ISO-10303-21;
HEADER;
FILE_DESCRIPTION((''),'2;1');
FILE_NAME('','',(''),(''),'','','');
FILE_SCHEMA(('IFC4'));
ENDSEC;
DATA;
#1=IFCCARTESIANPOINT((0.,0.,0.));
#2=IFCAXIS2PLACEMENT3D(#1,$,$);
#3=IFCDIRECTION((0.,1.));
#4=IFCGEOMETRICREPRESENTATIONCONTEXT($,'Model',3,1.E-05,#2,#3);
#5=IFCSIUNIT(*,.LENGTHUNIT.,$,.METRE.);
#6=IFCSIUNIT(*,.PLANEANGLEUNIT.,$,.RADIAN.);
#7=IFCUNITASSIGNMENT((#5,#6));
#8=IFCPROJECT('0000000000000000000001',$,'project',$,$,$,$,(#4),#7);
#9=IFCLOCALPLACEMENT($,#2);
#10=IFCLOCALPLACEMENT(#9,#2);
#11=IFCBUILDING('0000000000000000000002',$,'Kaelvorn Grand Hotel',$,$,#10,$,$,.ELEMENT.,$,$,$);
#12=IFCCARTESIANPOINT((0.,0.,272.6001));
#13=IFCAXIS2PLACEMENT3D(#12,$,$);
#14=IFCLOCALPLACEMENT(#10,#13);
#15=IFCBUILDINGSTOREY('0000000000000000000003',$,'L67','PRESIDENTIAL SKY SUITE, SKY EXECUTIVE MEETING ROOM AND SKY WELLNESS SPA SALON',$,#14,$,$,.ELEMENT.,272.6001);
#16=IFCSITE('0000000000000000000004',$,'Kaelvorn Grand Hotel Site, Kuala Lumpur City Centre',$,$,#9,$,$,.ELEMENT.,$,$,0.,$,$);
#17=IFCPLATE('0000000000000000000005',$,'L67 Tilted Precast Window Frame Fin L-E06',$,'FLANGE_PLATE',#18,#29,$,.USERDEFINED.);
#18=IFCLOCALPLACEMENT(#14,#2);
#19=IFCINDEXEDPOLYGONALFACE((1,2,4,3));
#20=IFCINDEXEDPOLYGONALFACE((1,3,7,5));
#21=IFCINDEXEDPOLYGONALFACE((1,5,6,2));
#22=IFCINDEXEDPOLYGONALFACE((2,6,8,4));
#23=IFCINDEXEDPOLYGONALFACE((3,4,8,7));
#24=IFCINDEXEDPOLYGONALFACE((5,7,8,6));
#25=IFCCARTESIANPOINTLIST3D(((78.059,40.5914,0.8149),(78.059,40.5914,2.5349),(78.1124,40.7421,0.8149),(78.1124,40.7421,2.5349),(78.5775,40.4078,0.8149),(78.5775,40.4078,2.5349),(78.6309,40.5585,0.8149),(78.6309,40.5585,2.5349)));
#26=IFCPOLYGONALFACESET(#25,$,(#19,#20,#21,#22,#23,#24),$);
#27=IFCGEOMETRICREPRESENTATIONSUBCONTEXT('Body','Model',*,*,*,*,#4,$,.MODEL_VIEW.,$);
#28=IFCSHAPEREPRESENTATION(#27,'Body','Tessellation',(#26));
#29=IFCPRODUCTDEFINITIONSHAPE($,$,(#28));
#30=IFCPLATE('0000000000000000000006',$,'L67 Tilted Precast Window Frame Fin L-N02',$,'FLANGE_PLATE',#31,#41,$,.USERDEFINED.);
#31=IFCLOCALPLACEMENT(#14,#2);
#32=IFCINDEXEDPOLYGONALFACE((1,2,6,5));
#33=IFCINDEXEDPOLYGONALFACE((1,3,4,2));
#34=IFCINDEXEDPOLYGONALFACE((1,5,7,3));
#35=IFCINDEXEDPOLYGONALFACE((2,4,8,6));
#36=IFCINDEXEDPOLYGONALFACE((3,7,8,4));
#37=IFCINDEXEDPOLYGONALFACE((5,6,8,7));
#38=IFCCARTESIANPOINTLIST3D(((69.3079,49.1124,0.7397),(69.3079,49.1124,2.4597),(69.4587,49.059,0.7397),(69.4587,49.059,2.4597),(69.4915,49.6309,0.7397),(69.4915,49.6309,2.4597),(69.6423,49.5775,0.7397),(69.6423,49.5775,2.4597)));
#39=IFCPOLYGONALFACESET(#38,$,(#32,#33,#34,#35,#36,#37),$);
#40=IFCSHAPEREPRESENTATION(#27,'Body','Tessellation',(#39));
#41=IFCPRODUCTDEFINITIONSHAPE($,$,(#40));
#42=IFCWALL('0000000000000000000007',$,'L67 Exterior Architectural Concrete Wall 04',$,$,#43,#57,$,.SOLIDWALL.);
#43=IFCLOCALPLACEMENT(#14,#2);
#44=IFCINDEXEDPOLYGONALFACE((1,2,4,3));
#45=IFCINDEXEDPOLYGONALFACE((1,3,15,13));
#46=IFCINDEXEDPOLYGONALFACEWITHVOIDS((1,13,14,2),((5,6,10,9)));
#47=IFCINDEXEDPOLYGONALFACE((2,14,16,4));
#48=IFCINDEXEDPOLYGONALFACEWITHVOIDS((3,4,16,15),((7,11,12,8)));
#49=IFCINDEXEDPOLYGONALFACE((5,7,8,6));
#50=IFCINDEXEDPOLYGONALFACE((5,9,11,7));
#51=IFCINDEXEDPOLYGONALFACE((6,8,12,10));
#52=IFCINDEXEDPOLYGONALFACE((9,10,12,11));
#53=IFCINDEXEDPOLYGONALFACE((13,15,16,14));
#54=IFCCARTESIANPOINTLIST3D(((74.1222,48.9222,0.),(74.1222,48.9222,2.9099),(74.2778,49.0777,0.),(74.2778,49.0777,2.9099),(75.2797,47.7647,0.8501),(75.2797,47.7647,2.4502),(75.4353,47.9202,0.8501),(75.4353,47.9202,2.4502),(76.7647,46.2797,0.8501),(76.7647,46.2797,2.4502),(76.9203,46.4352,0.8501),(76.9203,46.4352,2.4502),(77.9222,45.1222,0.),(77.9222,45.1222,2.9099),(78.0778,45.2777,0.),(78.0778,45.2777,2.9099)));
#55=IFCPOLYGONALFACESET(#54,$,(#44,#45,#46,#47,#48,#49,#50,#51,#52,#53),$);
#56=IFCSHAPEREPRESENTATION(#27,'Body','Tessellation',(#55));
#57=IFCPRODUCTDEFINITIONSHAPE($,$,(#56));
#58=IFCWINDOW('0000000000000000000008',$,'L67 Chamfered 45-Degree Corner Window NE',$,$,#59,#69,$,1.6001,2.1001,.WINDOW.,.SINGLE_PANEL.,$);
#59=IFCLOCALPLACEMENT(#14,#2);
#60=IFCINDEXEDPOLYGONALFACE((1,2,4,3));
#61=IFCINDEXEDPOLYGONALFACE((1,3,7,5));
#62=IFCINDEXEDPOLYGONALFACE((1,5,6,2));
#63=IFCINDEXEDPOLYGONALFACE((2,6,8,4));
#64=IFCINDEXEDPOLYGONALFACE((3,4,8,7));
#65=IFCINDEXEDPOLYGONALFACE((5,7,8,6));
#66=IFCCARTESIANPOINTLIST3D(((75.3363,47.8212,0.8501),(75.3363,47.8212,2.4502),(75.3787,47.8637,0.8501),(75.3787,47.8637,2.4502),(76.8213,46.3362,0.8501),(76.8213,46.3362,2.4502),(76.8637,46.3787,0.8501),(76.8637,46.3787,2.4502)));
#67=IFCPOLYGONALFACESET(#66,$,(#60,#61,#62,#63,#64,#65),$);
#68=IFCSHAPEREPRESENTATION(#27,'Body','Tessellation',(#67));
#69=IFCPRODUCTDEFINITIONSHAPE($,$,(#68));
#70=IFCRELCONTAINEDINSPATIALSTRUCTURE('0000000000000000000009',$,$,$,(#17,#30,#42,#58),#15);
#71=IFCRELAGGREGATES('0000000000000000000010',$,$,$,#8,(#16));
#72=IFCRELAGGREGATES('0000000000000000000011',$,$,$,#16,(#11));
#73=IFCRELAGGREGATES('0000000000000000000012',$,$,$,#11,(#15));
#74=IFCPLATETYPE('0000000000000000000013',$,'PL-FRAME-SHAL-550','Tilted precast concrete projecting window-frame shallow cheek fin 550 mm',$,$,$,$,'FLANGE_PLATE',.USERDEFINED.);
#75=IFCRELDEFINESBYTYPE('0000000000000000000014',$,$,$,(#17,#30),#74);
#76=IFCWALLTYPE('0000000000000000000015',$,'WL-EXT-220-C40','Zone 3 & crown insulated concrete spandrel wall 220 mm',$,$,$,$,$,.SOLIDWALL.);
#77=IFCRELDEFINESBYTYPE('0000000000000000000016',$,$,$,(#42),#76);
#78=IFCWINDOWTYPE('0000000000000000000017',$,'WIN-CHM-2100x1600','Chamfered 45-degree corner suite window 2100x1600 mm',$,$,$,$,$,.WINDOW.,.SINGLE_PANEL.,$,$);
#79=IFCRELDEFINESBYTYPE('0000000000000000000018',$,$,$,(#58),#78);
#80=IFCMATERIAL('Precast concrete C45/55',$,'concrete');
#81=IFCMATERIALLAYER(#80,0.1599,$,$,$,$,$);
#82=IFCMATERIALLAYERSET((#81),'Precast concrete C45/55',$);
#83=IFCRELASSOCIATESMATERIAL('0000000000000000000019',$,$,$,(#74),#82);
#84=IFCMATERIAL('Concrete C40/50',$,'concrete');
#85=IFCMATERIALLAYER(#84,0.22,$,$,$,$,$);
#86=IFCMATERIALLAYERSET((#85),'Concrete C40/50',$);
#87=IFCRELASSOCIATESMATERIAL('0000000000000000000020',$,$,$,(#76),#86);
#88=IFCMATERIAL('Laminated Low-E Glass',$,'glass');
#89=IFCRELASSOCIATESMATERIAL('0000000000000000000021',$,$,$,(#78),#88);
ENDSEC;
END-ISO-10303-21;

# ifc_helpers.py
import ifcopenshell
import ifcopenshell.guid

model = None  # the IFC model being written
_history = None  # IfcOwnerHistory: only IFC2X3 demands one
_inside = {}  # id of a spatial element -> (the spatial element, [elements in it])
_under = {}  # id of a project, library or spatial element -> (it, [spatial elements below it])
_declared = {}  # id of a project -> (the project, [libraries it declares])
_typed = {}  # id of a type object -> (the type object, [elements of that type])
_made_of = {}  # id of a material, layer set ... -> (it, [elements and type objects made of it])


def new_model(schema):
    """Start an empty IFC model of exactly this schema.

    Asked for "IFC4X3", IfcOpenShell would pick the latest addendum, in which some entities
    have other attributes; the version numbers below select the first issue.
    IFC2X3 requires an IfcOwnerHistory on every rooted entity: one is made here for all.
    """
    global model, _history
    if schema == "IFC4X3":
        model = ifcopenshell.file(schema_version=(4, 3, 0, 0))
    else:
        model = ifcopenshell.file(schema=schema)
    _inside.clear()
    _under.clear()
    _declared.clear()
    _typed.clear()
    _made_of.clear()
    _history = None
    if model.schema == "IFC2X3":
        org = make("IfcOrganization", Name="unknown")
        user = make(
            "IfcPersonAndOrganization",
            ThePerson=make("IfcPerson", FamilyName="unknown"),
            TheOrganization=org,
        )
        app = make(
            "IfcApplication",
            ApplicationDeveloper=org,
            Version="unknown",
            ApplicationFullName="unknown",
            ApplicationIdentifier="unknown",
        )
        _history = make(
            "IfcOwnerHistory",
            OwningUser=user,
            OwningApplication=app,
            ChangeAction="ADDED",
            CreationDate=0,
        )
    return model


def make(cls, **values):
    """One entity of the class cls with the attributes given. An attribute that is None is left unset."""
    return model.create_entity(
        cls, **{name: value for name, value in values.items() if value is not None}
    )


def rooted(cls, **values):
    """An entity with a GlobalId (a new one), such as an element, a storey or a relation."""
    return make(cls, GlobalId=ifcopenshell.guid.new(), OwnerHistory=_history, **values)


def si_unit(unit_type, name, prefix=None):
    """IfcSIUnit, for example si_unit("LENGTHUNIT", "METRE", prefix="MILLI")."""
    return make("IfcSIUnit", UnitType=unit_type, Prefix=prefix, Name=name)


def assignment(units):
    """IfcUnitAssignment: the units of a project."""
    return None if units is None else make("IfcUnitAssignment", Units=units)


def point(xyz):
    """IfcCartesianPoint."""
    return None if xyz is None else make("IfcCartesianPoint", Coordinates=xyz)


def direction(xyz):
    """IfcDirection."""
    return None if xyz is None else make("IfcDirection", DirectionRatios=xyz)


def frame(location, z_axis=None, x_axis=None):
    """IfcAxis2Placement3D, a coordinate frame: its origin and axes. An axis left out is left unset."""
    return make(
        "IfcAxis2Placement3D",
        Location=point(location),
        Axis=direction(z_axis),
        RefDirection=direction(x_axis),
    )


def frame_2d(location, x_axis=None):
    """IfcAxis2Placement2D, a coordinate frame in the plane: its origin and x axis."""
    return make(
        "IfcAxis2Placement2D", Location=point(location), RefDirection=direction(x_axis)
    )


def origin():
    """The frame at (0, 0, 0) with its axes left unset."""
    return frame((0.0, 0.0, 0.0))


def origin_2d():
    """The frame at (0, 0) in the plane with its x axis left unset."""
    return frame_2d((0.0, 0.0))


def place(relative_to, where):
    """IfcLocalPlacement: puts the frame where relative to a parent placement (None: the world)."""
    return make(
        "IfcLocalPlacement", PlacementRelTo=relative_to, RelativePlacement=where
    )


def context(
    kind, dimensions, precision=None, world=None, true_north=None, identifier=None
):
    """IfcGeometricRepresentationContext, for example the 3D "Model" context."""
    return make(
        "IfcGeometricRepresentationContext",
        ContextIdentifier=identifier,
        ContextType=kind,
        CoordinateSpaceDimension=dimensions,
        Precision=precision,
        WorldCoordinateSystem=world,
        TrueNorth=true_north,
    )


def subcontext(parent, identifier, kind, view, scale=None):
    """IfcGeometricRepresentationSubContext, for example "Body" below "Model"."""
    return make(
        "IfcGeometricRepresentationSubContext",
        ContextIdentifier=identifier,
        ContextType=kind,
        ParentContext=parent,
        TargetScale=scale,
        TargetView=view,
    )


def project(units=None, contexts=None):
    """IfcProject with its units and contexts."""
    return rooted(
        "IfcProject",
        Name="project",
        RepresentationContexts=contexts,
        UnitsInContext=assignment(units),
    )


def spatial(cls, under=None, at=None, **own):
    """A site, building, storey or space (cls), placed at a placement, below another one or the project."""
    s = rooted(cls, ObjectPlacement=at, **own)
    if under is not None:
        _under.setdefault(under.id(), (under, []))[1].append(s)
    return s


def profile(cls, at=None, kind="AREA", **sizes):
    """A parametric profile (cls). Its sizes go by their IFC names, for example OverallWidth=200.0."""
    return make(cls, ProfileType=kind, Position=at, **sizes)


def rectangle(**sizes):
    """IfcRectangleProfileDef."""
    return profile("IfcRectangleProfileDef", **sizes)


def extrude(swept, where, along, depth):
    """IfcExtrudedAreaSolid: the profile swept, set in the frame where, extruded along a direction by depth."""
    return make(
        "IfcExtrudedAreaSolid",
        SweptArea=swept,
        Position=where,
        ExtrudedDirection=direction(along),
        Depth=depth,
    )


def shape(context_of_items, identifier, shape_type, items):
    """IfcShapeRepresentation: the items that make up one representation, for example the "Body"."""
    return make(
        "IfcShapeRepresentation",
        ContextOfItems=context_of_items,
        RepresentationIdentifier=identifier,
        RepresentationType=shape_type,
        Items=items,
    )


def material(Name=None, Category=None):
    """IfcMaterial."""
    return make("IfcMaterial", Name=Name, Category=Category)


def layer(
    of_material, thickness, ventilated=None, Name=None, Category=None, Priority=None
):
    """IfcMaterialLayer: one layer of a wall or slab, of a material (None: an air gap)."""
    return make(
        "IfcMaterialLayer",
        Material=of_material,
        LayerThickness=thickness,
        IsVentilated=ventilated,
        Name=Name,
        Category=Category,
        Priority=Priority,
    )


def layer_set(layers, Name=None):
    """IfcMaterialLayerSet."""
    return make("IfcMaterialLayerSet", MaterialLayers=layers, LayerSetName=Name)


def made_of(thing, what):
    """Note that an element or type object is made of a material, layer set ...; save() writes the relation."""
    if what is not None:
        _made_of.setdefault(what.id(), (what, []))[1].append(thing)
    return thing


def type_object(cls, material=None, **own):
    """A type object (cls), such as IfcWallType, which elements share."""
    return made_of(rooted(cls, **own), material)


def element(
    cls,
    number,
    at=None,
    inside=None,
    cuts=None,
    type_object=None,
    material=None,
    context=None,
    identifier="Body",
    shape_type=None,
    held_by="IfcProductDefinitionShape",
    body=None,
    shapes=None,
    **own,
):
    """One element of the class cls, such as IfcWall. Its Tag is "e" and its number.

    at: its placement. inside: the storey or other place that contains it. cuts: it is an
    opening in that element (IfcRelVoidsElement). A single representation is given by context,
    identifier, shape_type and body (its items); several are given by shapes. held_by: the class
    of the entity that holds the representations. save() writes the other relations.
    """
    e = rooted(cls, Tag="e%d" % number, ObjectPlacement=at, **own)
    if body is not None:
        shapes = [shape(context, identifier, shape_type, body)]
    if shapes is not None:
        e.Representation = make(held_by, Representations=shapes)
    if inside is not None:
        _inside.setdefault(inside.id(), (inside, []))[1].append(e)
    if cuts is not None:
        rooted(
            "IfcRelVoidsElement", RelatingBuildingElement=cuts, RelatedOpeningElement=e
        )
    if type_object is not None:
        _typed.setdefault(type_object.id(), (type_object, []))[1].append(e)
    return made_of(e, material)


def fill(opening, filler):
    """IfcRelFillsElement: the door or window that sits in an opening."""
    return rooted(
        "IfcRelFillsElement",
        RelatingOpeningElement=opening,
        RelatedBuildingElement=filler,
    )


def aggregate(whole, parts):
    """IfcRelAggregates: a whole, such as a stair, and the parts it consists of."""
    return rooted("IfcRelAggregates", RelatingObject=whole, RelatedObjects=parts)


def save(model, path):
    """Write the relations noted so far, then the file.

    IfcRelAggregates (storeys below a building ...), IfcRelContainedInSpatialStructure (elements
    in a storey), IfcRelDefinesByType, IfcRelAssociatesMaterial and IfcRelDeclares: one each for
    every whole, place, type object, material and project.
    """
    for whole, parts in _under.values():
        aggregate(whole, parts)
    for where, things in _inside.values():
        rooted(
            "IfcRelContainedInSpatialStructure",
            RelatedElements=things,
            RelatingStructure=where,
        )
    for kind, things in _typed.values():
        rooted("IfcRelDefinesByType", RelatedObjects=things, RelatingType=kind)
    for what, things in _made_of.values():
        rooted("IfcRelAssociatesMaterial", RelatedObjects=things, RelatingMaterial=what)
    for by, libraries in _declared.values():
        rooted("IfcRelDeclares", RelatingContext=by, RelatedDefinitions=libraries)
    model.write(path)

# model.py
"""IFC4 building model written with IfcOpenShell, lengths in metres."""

from ifc_helpers import new_model, si_unit, direction, frame, frame_2d, origin, origin_2d, place, context, subcontext, project, spatial, rectangle, extrude, material, layer, layer_set, type_object, element, fill, save


model = new_model("IFC4")

# Units and contexts
model_context = context("Model", 3, precision=1e-05, world=origin(), true_north=direction((0.0, 1.0)))
body_context = subcontext(model_context, "Body", "Model", "MODEL_VIEW")
ifc_project = project(units=[si_unit("LENGTHUNIT", "METRE"), si_unit("PLANEANGLEUNIT", "RADIAN")], contexts=[model_context])

# Site, building, storey
site_placement = place(None, origin())
site = spatial("IfcSite", under=ifc_project, at=site_placement, Name="Kaelvorn Grand Hotel Site, Kuala Lumpur City Centre", CompositionType="ELEMENT", RefElevation=0.0)
building_placement = place(site_placement, origin())
building = spatial("IfcBuilding", under=site, at=building_placement, Name="Kaelvorn Grand Hotel", CompositionType="ELEMENT")
storey_placement = place(building_placement, frame((0.0, 0.0, 272.6001)))
storey = spatial("IfcBuildingStorey", under=building, at=storey_placement, Name="L67", Description="PRESIDENTIAL SKY SUITE, SKY EXECUTIVE MEETING ROOM AND SKY WELLNESS SPA SALON", CompositionType="ELEMENT", Elevation=272.6001)

# Plates
ifc_material_1 = material(Name="Precast concrete C45/55", Category="concrete")
ifc_layer_1 = layer(ifc_material_1, 0.1599)
ifc_layer_set_1 = layer_set([ifc_layer_1], Name="Precast concrete C45/55")
plate_type_1 = type_object("IfcPlateType", Name="PL-FRAME-SHAL-550", Description="Tilted precast concrete projecting window-frame shallow cheek fin 550 mm", ElementType="FLANGE_PLATE", PredefinedType="USERDEFINED", material=ifc_layer_set_1)
for number, where, z_axis, x_axis, name in (
    (1, (78.345, 40.575, 0.8149), (0.0, 0.0, 1.0), (0.333807, 0.942641, 0.0), "L67 Tilted Precast Window Frame Fin L-E06"),
    (2, (69.4751, 49.345, 0.7397), (0.0, 0.0, 1.0), (0.942641, -0.333807, 0.0), "L67 Tilted Precast Window Frame Fin L-N02"),
):
    element("IfcPlate", number, at=place(storey_placement, frame(where, z_axis=z_axis, x_axis=x_axis)), inside=storey, type_object=plate_type_1, Name=name, ObjectType="FLANGE_PLATE", PredefinedType="USERDEFINED", context=body_context, shape_type="SweptSolid", body=[
        extrude(rectangle(XDim=0.1599, YDim=0.55, at=origin_2d()), origin(), (0.0, 0.0, 1.0), 1.72),
    ])

# Wall, opening, window
ifc_material_2 = material(Name="Concrete C40/50", Category="concrete")
ifc_layer_2 = layer(ifc_material_2, 0.22)
ifc_layer_set_2 = layer_set([ifc_layer_2], Name="Concrete C40/50")
wall_type_1 = type_object("IfcWallType", Name="WL-EXT-220-C40", Description="Zone 3 & crown insulated concrete spandrel wall 220 mm", PredefinedType="SOLIDWALL", material=ifc_layer_set_2)
wall_1_placement = place(storey_placement, frame((78.0, 45.2, 0.0), z_axis=(0.0, 0.0, 1.0), x_axis=(-0.707107, 0.707107, 0.0)))
wall_1 = element("IfcWall", 3, at=wall_1_placement, inside=storey, type_object=wall_type_1, Name="L67 Exterior Architectural Concrete Wall 04", PredefinedType="SOLIDWALL", context=body_context, shape_type="SweptSolid", body=[
    extrude(rectangle(XDim=5.374, YDim=0.22, at=frame_2d((2.687, 0.0))), origin(), (0.0, 0.0, 1.0), 2.9099),
])
opening_1_placement = place(wall_1_placement, frame((1.637, 0.0, 0.8501)))
opening_1 = element("IfcOpeningElement", 4, at=opening_1_placement, cuts=wall_1, PredefinedType="OPENING", context=body_context, shape_type="SweptSolid", body=[
    extrude(rectangle(XDim=2.1001, YDim=1.6001, at=frame_2d((1.05, 0.8))), frame((0.0, 0.1201, 0.0), z_axis=(0.0, -1.0, 0.0), x_axis=(1.0, 0.0, 0.0)), (0.0, 0.0, 1.0), 0.24),
])
ifc_material_3 = material(Name="Laminated Low-E Glass", Category="glass")
window_type_1 = type_object("IfcWindowType", Name="WIN-CHM-2100x1600", Description="Chamfered 45-degree corner suite window 2100x1600 mm", PartitioningType="SINGLE_PANEL", PredefinedType="WINDOW", material=ifc_material_3)
window_1_placement = place(opening_1_placement, origin())
window_1 = element("IfcWindow", 5, at=window_1_placement, inside=storey, type_object=window_type_1, Name="L67 Chamfered 45-Degree Corner Window NE", OverallHeight=1.6001, OverallWidth=2.1001, PartitioningType="SINGLE_PANEL", PredefinedType="WINDOW", context=body_context, shape_type="SweptSolid", body=[
    extrude(rectangle(XDim=2.1001, YDim=1.6001, at=frame_2d((1.05, 0.8))), frame((0.0, 0.03, 0.0), z_axis=(0.0, -1.0, 0.0), x_axis=(1.0, 0.0, 0.0)), (0.0, 0.0, 1.0), 0.0601),
])
fill(opening_1, window_1)

save(model, "model.ifc")
